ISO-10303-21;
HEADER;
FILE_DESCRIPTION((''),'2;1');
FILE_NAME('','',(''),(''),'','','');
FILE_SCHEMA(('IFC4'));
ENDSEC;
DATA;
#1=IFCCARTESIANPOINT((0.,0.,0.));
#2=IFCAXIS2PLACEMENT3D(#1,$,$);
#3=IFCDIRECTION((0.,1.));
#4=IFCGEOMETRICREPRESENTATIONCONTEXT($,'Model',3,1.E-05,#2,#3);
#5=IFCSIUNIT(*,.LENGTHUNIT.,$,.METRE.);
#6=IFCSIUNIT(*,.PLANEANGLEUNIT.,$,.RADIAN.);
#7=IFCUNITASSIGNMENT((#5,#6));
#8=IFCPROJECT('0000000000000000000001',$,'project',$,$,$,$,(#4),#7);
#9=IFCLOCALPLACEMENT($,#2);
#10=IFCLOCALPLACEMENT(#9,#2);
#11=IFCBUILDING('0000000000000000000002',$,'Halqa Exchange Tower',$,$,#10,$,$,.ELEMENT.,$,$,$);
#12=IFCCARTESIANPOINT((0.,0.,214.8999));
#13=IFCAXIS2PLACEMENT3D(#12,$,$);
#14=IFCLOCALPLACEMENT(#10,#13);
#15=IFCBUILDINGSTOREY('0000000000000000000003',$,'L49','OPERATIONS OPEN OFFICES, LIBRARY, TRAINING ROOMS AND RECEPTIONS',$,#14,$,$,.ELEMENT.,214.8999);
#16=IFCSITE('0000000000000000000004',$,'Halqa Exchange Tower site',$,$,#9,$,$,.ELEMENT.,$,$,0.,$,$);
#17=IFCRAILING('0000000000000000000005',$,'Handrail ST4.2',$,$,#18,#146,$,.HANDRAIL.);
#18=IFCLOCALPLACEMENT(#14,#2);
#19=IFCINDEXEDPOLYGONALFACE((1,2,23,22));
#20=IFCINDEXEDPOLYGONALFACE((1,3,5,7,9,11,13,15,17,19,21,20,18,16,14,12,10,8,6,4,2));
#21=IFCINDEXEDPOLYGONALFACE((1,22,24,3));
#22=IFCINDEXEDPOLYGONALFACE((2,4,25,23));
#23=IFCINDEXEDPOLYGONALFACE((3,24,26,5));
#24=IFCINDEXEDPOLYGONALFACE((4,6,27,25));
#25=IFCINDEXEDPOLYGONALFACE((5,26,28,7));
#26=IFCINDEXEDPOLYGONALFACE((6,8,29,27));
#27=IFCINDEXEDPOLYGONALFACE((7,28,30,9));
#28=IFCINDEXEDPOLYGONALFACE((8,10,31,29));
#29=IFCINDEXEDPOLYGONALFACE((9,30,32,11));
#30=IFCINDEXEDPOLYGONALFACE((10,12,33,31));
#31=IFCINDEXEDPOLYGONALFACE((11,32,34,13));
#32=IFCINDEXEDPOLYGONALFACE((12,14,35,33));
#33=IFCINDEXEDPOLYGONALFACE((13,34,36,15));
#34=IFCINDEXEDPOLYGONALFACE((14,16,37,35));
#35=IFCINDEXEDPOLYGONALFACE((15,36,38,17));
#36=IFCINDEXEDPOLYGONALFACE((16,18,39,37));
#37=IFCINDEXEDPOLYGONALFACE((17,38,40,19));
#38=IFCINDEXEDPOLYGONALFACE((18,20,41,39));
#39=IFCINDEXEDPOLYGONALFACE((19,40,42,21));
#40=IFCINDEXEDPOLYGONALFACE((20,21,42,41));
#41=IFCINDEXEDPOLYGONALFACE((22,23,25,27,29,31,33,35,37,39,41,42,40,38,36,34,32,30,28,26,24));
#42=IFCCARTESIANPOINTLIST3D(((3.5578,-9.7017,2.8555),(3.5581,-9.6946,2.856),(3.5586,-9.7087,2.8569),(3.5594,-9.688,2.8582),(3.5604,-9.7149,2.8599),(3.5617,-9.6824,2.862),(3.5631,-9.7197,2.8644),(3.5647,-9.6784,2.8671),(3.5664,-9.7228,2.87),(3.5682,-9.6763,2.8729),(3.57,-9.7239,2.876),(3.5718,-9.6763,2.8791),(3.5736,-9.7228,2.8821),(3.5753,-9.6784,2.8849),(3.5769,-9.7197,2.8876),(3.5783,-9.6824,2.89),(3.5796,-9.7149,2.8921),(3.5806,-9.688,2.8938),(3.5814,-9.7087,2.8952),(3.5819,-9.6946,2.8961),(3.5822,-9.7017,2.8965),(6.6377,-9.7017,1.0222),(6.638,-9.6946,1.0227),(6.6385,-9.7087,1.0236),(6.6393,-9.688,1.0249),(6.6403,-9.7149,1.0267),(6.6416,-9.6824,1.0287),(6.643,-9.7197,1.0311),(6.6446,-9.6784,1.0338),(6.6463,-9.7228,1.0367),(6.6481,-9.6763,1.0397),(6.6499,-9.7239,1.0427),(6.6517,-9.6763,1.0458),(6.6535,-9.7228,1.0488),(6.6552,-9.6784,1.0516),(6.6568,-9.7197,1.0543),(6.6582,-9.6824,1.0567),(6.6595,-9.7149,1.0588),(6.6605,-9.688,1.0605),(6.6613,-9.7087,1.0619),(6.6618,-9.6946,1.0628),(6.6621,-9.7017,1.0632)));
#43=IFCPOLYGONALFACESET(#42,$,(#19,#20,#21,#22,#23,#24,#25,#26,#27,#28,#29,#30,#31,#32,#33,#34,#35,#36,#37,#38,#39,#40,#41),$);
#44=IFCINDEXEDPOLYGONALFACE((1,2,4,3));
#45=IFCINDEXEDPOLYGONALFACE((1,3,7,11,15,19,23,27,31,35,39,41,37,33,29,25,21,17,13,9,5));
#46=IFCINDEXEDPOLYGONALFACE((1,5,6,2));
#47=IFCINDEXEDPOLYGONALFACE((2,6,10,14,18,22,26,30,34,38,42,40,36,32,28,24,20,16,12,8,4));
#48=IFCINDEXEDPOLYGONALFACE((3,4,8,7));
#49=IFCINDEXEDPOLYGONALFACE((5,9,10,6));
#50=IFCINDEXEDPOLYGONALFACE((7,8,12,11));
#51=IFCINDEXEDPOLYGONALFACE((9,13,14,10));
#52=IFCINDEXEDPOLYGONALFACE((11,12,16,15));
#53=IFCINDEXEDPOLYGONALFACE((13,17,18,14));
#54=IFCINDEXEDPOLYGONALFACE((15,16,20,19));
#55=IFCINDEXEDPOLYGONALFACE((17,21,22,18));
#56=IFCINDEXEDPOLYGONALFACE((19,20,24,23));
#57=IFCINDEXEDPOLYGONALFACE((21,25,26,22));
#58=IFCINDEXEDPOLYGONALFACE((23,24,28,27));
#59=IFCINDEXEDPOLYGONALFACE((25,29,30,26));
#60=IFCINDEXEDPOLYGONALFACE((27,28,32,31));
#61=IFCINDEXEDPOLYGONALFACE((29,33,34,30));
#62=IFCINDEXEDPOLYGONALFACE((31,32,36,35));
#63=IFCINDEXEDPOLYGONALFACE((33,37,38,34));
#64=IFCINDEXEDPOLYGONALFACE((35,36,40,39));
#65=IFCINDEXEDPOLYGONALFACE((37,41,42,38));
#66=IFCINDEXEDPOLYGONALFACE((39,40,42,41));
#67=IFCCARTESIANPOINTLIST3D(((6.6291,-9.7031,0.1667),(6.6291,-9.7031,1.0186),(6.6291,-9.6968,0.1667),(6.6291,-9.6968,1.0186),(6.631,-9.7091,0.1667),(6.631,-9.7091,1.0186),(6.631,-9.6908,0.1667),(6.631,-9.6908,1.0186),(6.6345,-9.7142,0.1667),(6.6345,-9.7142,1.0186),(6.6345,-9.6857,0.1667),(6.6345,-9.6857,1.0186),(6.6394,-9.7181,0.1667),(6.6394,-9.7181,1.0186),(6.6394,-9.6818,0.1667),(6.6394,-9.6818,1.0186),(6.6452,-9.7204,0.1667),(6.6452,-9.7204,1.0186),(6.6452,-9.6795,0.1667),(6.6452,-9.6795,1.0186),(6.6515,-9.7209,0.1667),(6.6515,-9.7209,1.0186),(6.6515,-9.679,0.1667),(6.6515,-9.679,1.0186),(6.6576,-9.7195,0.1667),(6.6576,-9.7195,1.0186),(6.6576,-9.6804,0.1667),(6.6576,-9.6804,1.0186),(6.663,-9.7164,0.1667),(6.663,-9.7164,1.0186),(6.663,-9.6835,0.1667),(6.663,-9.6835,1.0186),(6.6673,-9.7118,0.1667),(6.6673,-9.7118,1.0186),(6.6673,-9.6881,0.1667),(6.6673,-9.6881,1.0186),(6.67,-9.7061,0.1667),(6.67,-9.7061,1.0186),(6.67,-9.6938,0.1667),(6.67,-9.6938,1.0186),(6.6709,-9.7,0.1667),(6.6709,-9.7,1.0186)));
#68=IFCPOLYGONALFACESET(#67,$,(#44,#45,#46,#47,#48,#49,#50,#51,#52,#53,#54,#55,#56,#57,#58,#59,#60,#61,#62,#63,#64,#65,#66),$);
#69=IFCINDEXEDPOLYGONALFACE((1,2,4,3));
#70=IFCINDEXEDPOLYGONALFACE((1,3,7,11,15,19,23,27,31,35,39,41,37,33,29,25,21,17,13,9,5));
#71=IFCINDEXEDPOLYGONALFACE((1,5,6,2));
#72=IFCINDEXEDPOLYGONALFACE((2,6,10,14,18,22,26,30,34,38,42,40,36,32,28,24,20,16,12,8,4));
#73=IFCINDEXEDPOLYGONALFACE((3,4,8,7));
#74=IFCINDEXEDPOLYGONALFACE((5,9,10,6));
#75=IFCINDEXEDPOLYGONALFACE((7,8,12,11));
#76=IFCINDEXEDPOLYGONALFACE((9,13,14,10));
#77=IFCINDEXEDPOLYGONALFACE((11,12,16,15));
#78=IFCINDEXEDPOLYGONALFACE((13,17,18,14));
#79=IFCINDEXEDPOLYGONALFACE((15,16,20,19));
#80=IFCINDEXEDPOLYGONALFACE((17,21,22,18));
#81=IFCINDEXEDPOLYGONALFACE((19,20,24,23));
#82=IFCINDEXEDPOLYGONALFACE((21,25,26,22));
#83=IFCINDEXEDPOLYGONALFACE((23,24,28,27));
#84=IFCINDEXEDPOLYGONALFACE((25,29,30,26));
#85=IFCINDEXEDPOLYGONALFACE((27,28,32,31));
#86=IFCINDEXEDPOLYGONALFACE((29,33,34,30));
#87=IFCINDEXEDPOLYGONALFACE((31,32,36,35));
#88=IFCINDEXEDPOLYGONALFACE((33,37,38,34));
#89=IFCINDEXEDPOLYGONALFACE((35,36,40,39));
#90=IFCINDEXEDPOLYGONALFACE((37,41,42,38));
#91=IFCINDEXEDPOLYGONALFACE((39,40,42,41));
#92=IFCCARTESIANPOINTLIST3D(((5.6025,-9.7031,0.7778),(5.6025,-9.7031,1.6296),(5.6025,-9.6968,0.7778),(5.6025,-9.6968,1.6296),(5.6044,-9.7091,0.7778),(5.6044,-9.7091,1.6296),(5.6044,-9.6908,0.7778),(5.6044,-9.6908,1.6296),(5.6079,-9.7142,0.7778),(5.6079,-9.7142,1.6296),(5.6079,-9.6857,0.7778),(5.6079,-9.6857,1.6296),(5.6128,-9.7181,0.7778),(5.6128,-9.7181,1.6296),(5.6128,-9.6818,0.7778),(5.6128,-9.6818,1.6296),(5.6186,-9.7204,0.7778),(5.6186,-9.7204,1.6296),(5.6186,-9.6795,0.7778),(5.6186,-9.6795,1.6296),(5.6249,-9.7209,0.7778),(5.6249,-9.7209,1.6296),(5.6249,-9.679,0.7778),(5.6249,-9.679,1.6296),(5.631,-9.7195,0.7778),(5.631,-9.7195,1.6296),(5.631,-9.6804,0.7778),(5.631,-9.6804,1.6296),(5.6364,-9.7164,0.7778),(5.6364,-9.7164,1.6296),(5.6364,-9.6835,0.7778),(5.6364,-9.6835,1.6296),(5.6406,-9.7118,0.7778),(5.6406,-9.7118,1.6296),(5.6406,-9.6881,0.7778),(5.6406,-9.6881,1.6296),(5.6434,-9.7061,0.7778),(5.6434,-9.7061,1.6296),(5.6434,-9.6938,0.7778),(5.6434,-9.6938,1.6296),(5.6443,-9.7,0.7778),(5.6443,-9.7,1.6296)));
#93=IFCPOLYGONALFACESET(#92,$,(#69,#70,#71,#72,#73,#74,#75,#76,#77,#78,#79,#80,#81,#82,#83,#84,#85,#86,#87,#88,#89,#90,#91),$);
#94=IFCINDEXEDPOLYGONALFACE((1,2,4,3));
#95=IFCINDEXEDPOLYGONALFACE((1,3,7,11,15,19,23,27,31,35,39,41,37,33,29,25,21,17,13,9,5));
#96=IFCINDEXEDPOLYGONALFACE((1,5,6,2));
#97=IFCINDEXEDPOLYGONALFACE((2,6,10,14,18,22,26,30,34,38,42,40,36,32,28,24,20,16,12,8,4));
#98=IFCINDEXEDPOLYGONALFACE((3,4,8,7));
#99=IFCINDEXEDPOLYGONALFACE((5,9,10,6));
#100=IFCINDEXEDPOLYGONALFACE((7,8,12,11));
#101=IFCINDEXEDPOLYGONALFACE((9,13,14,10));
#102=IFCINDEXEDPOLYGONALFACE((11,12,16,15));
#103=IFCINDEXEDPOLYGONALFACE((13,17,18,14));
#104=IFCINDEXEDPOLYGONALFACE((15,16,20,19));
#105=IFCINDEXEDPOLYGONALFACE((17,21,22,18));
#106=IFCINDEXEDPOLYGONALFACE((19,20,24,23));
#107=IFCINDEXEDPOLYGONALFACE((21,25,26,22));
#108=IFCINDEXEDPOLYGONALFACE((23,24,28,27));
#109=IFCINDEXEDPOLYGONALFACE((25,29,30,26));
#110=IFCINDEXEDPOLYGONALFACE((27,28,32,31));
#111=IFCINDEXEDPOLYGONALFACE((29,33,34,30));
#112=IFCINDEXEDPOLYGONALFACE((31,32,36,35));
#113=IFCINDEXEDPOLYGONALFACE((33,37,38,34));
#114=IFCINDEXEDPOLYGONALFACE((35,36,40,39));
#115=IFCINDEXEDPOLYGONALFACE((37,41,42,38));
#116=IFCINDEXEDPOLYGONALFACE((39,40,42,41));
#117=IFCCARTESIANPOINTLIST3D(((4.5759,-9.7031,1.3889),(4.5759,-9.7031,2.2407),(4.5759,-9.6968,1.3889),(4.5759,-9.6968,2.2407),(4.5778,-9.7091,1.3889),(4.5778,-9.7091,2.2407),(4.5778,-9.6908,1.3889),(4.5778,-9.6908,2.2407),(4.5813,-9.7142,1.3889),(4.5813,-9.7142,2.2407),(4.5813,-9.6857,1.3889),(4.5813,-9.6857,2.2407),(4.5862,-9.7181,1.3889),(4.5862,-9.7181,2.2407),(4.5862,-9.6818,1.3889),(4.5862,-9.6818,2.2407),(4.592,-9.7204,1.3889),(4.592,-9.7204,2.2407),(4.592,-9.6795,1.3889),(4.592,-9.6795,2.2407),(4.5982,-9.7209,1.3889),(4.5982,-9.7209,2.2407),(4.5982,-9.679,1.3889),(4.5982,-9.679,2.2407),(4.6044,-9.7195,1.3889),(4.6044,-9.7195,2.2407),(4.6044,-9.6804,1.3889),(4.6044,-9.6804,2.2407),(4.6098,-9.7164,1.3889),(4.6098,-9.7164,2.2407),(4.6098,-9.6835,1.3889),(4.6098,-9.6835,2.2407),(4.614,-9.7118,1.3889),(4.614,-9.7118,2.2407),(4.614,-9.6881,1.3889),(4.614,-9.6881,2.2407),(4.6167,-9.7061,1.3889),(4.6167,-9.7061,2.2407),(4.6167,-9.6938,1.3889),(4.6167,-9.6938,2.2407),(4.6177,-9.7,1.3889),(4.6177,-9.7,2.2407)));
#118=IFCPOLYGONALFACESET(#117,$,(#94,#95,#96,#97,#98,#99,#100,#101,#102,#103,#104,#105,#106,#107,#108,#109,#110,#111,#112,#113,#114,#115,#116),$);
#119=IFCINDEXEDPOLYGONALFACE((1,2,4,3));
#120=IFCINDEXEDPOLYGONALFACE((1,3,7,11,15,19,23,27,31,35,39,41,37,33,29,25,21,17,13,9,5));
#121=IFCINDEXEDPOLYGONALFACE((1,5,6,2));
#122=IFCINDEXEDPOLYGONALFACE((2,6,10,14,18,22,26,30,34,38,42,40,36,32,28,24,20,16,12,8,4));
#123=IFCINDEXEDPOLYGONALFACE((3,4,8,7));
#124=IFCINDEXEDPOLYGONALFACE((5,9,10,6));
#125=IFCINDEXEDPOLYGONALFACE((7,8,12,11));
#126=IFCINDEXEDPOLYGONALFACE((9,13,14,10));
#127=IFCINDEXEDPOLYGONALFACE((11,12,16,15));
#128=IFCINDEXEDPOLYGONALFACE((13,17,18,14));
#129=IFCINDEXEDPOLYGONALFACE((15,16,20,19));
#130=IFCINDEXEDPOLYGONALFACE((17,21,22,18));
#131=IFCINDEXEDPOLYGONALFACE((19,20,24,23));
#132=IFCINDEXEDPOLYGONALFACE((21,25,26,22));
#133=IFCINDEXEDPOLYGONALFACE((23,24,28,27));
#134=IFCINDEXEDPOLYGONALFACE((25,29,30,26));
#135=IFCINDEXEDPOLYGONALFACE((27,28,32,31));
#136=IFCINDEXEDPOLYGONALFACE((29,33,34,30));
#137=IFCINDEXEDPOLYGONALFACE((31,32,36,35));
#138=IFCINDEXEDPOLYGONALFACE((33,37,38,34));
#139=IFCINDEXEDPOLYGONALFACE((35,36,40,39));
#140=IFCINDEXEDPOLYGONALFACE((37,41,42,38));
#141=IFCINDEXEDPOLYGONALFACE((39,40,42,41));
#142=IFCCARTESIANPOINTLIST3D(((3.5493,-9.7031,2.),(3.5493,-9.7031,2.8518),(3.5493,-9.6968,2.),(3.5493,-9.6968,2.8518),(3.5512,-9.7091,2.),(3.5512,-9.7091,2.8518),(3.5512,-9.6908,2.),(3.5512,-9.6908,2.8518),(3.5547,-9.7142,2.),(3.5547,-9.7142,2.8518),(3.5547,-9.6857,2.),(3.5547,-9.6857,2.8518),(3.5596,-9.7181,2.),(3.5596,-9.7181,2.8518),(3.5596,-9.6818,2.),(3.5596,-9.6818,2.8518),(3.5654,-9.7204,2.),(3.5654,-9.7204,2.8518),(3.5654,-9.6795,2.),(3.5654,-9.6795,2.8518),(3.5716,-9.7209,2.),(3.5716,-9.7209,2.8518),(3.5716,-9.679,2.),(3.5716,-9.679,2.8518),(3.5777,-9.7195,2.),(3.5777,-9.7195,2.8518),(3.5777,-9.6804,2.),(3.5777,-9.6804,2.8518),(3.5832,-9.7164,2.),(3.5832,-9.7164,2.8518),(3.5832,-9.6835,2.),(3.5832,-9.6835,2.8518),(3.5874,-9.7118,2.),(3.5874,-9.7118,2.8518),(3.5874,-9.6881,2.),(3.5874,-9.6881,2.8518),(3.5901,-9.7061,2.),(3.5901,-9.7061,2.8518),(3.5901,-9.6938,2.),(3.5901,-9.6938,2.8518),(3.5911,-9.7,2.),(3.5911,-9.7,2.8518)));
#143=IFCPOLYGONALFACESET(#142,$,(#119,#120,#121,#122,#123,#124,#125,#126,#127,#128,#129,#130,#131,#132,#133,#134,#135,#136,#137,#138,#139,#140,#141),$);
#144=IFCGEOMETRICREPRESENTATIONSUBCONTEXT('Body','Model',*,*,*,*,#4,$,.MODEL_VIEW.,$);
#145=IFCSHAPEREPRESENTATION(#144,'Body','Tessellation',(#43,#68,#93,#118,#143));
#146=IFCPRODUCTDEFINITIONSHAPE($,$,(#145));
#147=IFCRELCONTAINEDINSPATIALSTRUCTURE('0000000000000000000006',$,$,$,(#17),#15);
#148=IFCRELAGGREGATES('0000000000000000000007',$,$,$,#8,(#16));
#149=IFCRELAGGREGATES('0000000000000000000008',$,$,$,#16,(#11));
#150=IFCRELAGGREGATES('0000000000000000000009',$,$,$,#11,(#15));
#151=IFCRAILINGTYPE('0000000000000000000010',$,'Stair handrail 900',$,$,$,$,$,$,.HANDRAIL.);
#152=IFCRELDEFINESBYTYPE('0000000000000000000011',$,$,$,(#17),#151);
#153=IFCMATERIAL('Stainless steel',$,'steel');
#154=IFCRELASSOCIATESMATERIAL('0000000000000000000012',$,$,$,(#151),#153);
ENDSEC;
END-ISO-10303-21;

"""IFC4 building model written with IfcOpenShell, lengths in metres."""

from ifc_helpers import new_model, si_unit, direction, frame, origin, origin_2d, place, context, subcontext, project, spatial, circle, extrude, material, type_object, element, save


model = new_model("IFC4")

# Units and contexts
model_context = context("Model", 3, precision=1e-05, world=origin(), true_north=direction((0.0, 1.0)))
body_context = subcontext(model_context, "Body", "Model", "MODEL_VIEW")
ifc_project = project(units=[si_unit("LENGTHUNIT", "METRE"), si_unit("PLANEANGLEUNIT", "RADIAN")], contexts=[model_context])

# Site, building, storey
site_placement = place(None, origin())
site = spatial("IfcSite", under=ifc_project, at=site_placement, Name="Halqa Exchange Tower site", CompositionType="ELEMENT", RefElevation=0.0)
building_placement = place(site_placement, origin())
building = spatial("IfcBuilding", under=site, at=building_placement, Name="Halqa Exchange Tower", CompositionType="ELEMENT")
storey_placement = place(building_placement, frame((0.0, 0.0, 214.8999)))
storey = spatial("IfcBuildingStorey", under=building, at=storey_placement, Name="L49", Description="OPERATIONS OPEN OFFICES, LIBRARY, TRAINING ROOMS AND RECEPTIONS", CompositionType="ELEMENT", Elevation=214.8999)

# Railing
ifc_material_1 = material(Name="Stainless steel", Category="steel")
railing_type_1 = type_object("IfcRailingType", Name="Stair handrail 900", PredefinedType="HANDRAIL", material=ifc_material_1)
railing_1_placement = place(storey_placement, frame((6.6499, -9.7, 0.1667)))
element("IfcRailing", 1, at=railing_1_placement, inside=storey, type_object=railing_type_1, Name="Handrail ST4.2", PredefinedType="HANDRAIL", context=body_context, shape_type="SweptSolid", body=[
    extrude(circle(Radius=0.0239, at=origin_2d()), frame((0.0, 0.0, 0.876), z_axis=(-0.859291, 0.0, 0.511487), x_axis=(0.0, -1.0, 0.0)), (0.0, 0.0, 1.0), 3.5842),
    extrude(circle(Radius=0.021, at=origin_2d()), origin(), (0.0, 0.0, 1.0), 0.8518),
    extrude(circle(Radius=0.021, at=origin_2d()), frame((-1.0266, 0.0, 0.6111)), (0.0, 0.0, 1.0), 0.8518),
    extrude(circle(Radius=0.021, at=origin_2d()), frame((-2.0532, 0.0, 1.2222)), (0.0, 0.0, 1.0), 0.8518),
    extrude(circle(Radius=0.021, at=origin_2d()), frame((-3.0798, 0.0, 1.8333)), (0.0, 0.0, 1.0), 0.8518),
])

save(model, "model.ifc")
